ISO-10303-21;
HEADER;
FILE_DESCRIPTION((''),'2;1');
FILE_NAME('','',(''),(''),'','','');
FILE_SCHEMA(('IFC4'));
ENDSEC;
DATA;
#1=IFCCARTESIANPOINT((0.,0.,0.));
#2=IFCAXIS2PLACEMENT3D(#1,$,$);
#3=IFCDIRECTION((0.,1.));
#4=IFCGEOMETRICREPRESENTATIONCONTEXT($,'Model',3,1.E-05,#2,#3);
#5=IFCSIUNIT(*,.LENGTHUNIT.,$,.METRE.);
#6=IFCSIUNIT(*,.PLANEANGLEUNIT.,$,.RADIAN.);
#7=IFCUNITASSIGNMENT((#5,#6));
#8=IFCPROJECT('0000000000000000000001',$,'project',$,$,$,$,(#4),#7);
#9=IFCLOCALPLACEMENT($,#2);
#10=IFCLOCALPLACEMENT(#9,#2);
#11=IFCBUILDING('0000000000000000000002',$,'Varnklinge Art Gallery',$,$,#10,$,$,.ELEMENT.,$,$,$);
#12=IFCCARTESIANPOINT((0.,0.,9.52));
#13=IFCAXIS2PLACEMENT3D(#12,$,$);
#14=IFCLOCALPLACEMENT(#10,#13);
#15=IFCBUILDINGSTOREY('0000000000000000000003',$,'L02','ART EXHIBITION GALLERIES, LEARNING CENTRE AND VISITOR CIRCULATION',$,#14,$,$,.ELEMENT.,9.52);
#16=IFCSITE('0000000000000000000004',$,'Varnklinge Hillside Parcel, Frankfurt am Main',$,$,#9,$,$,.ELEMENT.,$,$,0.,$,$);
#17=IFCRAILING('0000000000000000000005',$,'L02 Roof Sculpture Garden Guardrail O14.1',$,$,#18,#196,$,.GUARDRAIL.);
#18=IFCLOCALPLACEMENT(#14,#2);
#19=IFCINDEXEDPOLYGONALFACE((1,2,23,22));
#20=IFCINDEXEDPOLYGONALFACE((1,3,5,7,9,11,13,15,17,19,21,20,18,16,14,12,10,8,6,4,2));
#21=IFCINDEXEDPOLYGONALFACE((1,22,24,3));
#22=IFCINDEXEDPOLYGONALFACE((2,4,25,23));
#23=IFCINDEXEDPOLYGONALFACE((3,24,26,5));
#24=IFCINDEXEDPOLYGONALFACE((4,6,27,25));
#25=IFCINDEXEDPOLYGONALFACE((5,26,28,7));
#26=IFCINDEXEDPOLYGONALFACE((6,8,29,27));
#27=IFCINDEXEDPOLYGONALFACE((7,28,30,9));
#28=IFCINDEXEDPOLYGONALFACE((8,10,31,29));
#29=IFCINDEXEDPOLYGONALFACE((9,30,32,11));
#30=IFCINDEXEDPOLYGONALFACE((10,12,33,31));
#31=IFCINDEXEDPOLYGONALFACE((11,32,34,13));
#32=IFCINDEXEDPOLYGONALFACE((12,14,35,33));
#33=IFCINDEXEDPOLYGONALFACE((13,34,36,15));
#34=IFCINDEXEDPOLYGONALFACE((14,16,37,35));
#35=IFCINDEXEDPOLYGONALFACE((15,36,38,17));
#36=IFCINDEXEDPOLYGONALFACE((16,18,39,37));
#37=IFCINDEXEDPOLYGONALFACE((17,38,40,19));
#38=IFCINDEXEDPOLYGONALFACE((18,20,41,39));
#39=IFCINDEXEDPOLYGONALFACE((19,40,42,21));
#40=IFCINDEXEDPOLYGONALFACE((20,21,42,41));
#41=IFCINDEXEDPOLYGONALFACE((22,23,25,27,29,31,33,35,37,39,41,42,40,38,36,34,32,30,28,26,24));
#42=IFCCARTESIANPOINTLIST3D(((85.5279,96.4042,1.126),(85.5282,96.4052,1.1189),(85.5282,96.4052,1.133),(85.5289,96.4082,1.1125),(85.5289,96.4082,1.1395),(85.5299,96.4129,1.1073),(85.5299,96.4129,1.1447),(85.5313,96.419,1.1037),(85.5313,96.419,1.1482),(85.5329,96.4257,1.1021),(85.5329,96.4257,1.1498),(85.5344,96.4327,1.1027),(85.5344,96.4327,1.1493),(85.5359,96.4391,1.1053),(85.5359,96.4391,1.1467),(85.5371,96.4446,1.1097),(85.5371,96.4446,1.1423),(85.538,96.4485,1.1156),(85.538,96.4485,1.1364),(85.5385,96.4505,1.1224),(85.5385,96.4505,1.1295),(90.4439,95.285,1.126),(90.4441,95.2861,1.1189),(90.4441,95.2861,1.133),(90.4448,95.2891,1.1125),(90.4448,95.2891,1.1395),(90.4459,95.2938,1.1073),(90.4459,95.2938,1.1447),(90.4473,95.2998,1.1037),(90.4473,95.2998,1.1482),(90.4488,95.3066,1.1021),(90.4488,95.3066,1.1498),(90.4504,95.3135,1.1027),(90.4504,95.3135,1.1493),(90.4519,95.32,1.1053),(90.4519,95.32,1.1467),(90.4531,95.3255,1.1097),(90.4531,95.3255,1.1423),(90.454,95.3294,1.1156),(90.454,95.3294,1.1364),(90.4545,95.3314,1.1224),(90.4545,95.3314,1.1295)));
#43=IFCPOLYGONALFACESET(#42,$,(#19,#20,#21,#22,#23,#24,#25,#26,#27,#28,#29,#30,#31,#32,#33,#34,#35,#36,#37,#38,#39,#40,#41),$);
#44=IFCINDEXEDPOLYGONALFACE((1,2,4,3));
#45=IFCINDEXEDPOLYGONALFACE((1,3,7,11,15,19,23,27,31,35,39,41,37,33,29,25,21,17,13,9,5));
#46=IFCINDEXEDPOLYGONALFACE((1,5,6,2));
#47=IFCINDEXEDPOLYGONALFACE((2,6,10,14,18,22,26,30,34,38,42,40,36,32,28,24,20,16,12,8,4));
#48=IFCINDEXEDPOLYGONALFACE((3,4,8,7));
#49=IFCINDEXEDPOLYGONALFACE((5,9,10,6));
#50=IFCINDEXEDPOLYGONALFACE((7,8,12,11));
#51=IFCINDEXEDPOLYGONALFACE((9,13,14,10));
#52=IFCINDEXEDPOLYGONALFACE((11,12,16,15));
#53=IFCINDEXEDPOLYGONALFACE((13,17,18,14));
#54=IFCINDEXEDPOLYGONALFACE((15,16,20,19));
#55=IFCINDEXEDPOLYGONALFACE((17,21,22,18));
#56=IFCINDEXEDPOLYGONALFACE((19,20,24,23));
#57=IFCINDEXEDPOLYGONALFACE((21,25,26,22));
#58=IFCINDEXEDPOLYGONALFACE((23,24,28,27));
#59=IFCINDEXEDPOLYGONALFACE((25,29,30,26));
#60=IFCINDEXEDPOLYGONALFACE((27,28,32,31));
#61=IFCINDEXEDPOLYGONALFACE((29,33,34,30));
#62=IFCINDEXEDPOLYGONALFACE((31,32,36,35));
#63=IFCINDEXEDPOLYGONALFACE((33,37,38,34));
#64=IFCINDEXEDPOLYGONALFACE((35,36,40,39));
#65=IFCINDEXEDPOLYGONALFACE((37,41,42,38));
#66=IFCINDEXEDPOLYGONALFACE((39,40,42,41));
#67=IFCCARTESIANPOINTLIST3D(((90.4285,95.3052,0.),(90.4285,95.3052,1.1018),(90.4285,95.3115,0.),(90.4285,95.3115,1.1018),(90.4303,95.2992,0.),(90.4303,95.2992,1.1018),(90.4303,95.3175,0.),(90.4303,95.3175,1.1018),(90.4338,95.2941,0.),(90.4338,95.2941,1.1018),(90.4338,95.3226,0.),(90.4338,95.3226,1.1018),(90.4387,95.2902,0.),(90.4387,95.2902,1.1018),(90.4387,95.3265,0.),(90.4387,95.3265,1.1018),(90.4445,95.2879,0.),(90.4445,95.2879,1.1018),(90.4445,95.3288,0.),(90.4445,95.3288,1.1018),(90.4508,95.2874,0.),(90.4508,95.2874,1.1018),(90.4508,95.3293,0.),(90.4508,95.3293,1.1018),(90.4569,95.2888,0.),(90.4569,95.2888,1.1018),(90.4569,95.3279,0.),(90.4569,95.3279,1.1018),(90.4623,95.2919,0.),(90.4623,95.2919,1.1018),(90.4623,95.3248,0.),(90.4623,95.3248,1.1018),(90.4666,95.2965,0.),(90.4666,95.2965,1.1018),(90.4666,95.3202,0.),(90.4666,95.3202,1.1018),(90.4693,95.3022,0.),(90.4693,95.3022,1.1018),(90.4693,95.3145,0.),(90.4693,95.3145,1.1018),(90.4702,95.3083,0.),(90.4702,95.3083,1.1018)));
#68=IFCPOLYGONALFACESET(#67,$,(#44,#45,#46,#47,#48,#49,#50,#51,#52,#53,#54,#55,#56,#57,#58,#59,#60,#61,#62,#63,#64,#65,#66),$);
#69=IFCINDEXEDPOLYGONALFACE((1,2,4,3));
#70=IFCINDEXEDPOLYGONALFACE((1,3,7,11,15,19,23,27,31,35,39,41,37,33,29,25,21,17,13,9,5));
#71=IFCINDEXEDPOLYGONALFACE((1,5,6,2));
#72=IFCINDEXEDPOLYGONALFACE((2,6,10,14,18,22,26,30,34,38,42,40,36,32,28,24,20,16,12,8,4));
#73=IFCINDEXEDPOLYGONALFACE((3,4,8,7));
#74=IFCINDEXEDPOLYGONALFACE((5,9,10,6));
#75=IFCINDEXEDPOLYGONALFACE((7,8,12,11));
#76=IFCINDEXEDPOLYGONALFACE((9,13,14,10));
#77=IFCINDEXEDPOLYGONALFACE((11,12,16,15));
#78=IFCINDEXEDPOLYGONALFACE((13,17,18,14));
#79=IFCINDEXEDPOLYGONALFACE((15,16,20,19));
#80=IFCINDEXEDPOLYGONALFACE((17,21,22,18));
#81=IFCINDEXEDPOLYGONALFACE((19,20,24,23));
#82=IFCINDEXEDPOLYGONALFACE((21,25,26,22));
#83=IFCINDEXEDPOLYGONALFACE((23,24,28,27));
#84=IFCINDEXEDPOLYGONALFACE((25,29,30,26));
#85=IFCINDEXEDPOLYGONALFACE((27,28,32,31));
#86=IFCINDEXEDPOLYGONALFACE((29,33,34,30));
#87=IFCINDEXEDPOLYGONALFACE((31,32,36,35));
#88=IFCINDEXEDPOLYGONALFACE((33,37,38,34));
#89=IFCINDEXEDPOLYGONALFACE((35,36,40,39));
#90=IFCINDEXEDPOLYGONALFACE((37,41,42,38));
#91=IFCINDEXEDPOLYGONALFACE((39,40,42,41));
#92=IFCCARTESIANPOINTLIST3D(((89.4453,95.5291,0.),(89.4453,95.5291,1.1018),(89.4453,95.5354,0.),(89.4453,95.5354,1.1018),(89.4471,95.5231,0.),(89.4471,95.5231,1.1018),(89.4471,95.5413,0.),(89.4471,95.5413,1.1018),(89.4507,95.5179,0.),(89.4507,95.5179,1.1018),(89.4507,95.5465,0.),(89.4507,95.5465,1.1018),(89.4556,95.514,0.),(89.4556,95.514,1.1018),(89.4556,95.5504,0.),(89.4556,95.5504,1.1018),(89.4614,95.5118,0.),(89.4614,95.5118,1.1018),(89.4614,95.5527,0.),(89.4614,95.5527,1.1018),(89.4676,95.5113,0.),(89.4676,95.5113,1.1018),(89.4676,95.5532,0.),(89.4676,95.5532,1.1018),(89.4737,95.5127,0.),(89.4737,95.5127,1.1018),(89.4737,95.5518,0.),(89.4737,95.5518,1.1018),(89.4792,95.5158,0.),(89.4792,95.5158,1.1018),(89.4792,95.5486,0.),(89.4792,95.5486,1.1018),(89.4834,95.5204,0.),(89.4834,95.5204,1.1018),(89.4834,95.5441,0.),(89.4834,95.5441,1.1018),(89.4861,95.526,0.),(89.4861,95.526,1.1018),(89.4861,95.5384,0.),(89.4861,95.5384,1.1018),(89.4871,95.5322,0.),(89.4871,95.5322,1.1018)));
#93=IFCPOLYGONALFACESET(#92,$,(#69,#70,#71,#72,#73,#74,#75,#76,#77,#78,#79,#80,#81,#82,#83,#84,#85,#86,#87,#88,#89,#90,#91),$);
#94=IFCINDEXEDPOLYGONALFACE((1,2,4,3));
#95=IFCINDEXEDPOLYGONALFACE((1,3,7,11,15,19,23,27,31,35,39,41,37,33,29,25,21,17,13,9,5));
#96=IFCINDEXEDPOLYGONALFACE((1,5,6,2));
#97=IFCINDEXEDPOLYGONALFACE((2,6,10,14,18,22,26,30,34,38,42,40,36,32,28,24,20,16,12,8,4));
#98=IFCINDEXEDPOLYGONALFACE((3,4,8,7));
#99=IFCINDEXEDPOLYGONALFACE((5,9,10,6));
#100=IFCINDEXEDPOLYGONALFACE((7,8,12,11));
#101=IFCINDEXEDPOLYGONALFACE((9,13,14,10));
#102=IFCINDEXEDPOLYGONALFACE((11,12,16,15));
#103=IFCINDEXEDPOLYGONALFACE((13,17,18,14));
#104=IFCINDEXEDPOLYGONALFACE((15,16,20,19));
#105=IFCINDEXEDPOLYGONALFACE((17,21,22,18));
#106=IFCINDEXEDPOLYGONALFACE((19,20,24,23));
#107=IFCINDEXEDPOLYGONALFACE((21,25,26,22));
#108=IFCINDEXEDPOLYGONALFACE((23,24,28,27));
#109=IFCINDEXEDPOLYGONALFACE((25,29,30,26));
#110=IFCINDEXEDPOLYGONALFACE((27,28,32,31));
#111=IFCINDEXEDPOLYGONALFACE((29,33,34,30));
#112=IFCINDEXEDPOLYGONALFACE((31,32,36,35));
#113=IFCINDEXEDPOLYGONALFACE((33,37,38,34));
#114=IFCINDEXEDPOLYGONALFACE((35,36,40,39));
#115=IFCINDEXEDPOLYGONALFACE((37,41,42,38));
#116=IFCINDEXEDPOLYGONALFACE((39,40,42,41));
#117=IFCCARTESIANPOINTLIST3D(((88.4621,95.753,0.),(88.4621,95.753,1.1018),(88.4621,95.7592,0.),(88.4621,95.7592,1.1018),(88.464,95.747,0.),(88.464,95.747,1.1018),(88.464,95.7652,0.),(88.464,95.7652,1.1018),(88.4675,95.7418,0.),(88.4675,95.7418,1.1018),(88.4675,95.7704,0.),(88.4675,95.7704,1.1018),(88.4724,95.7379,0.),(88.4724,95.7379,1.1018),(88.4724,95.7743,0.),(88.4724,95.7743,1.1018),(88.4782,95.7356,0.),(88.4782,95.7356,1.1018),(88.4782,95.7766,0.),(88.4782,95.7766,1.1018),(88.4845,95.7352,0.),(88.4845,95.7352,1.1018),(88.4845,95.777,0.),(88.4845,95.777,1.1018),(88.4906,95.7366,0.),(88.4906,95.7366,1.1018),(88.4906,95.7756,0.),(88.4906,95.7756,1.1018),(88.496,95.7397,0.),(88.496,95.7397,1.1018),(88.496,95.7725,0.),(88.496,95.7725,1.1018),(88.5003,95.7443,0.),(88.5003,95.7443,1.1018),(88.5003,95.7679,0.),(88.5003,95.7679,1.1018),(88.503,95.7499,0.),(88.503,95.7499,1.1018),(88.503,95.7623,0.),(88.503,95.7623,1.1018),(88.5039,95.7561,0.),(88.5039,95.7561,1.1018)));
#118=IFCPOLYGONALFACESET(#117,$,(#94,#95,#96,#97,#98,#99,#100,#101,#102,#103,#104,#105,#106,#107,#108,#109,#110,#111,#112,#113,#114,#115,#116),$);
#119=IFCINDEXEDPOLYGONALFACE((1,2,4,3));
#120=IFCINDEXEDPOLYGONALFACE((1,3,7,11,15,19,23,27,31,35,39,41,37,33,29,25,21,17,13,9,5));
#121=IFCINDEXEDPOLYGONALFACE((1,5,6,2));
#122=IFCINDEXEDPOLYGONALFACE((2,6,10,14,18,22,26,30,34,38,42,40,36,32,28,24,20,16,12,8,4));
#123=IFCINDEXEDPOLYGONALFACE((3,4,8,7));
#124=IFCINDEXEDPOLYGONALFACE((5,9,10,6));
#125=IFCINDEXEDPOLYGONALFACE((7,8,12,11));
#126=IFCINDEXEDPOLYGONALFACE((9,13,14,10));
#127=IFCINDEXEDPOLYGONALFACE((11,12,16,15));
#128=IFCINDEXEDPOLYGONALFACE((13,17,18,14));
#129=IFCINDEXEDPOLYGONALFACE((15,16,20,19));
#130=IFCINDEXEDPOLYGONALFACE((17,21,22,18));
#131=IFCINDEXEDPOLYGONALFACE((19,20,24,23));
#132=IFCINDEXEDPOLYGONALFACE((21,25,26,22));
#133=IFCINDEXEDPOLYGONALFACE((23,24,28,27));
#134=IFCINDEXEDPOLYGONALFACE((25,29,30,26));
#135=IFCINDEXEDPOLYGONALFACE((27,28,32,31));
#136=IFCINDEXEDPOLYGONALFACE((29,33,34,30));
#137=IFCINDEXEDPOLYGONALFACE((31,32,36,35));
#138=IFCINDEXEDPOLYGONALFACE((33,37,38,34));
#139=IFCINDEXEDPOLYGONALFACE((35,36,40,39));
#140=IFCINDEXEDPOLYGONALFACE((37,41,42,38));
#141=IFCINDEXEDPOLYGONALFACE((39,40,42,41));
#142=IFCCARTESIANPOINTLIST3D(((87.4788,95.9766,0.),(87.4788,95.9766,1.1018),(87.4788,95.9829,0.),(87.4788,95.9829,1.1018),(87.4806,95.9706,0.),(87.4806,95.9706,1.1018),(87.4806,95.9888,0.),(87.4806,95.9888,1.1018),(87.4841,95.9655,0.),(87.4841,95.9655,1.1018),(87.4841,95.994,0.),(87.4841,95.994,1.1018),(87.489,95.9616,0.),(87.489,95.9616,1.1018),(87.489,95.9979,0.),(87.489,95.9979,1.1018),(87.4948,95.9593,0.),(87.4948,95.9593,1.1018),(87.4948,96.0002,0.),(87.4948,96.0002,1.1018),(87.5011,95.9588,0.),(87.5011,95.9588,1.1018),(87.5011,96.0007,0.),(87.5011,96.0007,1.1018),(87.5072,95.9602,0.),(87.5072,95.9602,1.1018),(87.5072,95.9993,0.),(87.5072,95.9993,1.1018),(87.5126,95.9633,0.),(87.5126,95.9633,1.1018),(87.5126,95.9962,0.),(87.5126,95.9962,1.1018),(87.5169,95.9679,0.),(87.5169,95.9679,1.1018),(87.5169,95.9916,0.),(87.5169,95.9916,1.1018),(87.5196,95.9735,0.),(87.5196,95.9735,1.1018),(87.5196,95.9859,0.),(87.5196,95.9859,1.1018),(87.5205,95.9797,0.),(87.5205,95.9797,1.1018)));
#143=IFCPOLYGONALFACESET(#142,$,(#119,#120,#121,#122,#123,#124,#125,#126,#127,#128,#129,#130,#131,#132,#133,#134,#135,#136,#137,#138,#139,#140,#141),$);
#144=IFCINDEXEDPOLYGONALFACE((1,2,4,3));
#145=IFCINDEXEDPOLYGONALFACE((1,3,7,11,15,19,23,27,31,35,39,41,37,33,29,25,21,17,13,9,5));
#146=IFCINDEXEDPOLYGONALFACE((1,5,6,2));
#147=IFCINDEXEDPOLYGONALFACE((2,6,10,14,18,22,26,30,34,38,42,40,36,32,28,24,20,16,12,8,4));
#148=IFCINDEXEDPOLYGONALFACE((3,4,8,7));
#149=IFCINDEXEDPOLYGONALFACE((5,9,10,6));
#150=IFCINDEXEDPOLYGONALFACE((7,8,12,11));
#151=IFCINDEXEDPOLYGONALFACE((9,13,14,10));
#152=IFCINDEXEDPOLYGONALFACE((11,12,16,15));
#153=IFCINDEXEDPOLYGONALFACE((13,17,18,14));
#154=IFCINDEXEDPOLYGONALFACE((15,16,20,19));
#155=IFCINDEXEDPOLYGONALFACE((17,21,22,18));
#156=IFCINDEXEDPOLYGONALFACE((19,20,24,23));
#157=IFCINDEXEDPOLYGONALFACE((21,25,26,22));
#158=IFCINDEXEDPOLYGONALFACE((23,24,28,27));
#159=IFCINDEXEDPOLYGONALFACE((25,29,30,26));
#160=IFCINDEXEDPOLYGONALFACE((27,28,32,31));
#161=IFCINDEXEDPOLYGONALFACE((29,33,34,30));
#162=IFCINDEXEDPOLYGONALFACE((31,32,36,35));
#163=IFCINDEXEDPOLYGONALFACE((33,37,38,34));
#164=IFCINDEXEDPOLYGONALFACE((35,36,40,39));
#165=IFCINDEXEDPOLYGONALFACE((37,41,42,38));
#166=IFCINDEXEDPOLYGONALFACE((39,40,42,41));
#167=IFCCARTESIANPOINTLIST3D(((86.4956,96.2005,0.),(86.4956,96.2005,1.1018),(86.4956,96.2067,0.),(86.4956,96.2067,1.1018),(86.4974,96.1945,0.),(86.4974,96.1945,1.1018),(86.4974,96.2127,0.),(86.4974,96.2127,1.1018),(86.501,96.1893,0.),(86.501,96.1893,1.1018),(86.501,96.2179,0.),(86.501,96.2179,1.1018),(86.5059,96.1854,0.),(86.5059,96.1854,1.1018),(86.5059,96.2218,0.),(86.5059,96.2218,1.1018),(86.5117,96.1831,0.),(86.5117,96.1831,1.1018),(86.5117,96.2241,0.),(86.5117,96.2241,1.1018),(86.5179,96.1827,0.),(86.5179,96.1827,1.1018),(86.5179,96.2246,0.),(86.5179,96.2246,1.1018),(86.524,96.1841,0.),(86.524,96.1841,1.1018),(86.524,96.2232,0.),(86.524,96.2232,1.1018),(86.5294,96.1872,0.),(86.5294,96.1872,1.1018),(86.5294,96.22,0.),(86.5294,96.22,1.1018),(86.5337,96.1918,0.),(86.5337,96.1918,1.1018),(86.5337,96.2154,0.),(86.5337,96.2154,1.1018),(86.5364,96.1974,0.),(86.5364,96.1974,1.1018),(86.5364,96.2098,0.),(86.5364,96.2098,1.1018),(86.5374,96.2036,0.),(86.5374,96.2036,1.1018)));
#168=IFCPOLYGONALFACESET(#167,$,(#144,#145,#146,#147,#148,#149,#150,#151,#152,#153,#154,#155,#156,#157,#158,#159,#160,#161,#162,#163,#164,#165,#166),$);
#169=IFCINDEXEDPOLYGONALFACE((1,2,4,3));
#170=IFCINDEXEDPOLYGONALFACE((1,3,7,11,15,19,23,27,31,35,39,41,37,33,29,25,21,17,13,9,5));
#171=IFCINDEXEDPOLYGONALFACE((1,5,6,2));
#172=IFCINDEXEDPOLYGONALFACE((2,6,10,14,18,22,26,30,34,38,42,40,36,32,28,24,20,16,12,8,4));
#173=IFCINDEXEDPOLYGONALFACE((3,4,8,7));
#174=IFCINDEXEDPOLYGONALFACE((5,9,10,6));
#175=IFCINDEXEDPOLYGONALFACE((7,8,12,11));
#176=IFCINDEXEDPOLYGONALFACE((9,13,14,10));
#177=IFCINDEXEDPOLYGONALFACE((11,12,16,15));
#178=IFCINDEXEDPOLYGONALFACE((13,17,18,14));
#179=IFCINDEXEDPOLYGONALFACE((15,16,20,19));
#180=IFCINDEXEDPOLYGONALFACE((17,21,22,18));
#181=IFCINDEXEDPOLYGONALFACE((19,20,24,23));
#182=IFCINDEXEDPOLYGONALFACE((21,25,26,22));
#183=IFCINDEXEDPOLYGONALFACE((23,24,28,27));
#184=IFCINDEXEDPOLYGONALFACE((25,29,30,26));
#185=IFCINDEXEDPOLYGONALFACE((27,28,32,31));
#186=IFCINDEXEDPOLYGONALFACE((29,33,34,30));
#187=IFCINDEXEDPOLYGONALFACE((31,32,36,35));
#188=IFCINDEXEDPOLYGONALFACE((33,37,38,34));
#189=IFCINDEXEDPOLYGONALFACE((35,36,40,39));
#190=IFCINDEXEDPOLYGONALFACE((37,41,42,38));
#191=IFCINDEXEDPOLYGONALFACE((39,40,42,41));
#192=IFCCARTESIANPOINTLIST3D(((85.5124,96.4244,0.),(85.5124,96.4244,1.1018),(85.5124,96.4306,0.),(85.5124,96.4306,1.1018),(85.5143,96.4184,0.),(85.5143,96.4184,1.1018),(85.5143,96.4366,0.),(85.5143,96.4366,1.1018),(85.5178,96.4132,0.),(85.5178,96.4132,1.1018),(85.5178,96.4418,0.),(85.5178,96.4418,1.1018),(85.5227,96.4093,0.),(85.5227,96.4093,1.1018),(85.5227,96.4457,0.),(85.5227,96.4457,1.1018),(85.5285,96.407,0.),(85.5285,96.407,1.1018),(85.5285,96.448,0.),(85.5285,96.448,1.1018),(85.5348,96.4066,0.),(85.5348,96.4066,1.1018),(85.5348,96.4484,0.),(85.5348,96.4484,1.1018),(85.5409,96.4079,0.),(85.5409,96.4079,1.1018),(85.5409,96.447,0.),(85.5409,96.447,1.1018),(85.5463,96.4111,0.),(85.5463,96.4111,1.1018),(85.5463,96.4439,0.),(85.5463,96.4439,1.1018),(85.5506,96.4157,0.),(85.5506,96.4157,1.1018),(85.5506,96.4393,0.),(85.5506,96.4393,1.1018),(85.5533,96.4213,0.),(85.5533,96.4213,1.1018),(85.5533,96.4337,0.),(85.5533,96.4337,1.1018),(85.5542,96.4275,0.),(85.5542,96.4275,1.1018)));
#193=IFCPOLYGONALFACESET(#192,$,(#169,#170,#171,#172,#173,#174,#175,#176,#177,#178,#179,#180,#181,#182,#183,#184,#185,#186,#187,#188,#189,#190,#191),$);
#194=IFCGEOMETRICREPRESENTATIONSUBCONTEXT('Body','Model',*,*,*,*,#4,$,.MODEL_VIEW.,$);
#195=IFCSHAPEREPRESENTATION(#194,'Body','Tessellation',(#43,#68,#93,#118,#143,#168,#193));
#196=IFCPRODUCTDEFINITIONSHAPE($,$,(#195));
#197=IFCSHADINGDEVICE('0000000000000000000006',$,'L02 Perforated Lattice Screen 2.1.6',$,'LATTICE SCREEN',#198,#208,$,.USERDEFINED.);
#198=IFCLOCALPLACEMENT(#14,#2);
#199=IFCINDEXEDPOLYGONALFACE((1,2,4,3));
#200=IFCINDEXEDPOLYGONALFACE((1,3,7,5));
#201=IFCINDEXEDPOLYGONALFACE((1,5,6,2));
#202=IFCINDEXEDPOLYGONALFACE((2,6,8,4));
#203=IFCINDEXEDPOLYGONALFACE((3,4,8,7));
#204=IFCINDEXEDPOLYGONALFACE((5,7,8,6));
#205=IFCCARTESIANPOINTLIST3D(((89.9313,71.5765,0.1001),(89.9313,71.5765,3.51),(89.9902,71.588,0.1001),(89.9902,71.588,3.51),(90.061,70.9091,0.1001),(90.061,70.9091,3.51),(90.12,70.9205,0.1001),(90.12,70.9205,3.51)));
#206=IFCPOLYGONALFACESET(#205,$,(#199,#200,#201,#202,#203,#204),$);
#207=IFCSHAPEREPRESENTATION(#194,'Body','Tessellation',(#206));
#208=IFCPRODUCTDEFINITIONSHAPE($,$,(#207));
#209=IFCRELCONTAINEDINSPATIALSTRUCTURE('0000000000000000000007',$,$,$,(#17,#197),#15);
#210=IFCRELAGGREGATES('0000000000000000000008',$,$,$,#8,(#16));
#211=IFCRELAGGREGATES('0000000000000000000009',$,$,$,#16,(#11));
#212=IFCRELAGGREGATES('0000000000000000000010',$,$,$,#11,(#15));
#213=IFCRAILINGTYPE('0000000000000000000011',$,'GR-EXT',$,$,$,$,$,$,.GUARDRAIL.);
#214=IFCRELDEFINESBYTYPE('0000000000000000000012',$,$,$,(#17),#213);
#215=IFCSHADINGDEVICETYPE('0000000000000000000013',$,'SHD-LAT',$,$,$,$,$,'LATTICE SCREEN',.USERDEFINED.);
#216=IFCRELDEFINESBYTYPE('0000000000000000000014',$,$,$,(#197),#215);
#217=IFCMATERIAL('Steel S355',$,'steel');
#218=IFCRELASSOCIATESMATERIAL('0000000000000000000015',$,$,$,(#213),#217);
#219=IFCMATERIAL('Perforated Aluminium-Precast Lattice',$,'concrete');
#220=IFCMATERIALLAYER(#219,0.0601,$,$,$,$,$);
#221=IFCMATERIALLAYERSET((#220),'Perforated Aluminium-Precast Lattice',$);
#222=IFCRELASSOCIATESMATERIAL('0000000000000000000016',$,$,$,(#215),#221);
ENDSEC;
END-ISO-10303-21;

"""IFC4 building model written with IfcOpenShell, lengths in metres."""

from ifc_helpers import new_model, si_unit, direction, frame, origin, origin_2d, place, context, subcontext, project, spatial, rectangle, circle, extrude, material, layer, layer_set, type_object, element, save


model = new_model("IFC4")

# Units and contexts
model_context = context("Model", 3, precision=1e-05, world=origin(), true_north=direction((0.0, 1.0)))
body_context = subcontext(model_context, "Body", "Model", "MODEL_VIEW")
ifc_project = project(units=[si_unit("LENGTHUNIT", "METRE"), si_unit("PLANEANGLEUNIT", "RADIAN")], contexts=[model_context])

# Site, building, storey
site_placement = place(None, origin())
site = spatial("IfcSite", under=ifc_project, at=site_placement, Name="Varnklinge Hillside Parcel, Frankfurt am Main", CompositionType="ELEMENT", RefElevation=0.0)
building_placement = place(site_placement, origin())
building = spatial("IfcBuilding", under=site, at=building_placement, Name="Varnklinge Art Gallery", CompositionType="ELEMENT")
storey_placement = place(building_placement, frame((0.0, 0.0, 9.52)))
storey = spatial("IfcBuildingStorey", under=building, at=storey_placement, Name="L02", Description="ART EXHIBITION GALLERIES, LEARNING CENTRE AND VISITOR CIRCULATION", CompositionType="ELEMENT", Elevation=9.52)

# Railing
ifc_material_1 = material(Name="Steel S355", Category="steel")
railing_type = type_object("IfcRailingType", Name="GR-EXT", PredefinedType="GUARDRAIL", material=ifc_material_1)
railing_1_placement = place(storey_placement, frame((90.4492, 95.3083, 0.0)))
element("IfcRailing", 1, at=railing_1_placement, inside=storey, type_object=railing_type, Name="L02 Roof Sculpture Garden Guardrail O14.1", PredefinedType="GUARDRAIL", context=body_context, shape_type="SweptSolid", body=[
    extrude(circle(Radius=0.0239, at=origin_2d()), frame((0.0, 0.0, 1.126), z_axis=(-0.975053, 0.221973, 0.0), x_axis=(-0.221973, -0.975053, 0.0)), (0.0, 0.0, 1.0), 5.0417),
    extrude(circle(Radius=0.021, at=origin_2d()), origin(), (0.0, 0.0, 1.0), 1.1018),
    extrude(circle(Radius=0.021, at=origin_2d()), frame((-0.9832, 0.2239, 0.0)), (0.0, 0.0, 1.0), 1.1018),
    extrude(circle(Radius=0.021, at=origin_2d()), frame((-1.9663, 0.4478, 0.0)), (0.0, 0.0, 1.0), 1.1018),
    extrude(circle(Radius=0.021, at=origin_2d()), frame((-2.9497, 0.6714, 0.0)), (0.0, 0.0, 1.0), 1.1018),
    extrude(circle(Radius=0.021, at=origin_2d()), frame((-3.9329, 0.8953, 0.0)), (0.0, 0.0, 1.0), 1.1018),
    extrude(circle(Radius=0.021, at=origin_2d()), frame((-4.916, 1.1191, 0.0)), (0.0, 0.0, 1.0), 1.1018),
])

# Shading device
ifc_material_2 = material(Name="Perforated Aluminium-Precast Lattice", Category="concrete")
ifc_layer_1 = layer(ifc_material_2, 0.0601)
ifc_layer_set_1 = layer_set([ifc_layer_1], Name="Perforated Aluminium-Precast Lattice")
shading_device_type = type_object("IfcShadingDeviceType", Name="SHD-LAT", ElementType="LATTICE SCREEN", PredefinedType="USERDEFINED", material=ifc_layer_set_1)
for number, where, z_axis, x_axis, name in (
    (2, (90.0256, 71.2485, 0.1001), (0.0, 0.0, 1.0), (-0.190809, 0.981627, 0.0), "L02 Perforated Lattice Screen 2.1.6"),
):
    element("IfcShadingDevice", number, at=place(storey_placement, frame(where, z_axis=z_axis, x_axis=x_axis)), inside=storey, type_object=shading_device_type, Name=name, ObjectType="LATTICE SCREEN", PredefinedType="USERDEFINED", context=body_context, shape_type="SweptSolid", body=[
        extrude(rectangle(XDim=0.6799, YDim=0.0601, at=origin_2d()), origin(), (0.0, 0.0, 1.0), 3.4099),
    ])

save(model, "model.ifc")
